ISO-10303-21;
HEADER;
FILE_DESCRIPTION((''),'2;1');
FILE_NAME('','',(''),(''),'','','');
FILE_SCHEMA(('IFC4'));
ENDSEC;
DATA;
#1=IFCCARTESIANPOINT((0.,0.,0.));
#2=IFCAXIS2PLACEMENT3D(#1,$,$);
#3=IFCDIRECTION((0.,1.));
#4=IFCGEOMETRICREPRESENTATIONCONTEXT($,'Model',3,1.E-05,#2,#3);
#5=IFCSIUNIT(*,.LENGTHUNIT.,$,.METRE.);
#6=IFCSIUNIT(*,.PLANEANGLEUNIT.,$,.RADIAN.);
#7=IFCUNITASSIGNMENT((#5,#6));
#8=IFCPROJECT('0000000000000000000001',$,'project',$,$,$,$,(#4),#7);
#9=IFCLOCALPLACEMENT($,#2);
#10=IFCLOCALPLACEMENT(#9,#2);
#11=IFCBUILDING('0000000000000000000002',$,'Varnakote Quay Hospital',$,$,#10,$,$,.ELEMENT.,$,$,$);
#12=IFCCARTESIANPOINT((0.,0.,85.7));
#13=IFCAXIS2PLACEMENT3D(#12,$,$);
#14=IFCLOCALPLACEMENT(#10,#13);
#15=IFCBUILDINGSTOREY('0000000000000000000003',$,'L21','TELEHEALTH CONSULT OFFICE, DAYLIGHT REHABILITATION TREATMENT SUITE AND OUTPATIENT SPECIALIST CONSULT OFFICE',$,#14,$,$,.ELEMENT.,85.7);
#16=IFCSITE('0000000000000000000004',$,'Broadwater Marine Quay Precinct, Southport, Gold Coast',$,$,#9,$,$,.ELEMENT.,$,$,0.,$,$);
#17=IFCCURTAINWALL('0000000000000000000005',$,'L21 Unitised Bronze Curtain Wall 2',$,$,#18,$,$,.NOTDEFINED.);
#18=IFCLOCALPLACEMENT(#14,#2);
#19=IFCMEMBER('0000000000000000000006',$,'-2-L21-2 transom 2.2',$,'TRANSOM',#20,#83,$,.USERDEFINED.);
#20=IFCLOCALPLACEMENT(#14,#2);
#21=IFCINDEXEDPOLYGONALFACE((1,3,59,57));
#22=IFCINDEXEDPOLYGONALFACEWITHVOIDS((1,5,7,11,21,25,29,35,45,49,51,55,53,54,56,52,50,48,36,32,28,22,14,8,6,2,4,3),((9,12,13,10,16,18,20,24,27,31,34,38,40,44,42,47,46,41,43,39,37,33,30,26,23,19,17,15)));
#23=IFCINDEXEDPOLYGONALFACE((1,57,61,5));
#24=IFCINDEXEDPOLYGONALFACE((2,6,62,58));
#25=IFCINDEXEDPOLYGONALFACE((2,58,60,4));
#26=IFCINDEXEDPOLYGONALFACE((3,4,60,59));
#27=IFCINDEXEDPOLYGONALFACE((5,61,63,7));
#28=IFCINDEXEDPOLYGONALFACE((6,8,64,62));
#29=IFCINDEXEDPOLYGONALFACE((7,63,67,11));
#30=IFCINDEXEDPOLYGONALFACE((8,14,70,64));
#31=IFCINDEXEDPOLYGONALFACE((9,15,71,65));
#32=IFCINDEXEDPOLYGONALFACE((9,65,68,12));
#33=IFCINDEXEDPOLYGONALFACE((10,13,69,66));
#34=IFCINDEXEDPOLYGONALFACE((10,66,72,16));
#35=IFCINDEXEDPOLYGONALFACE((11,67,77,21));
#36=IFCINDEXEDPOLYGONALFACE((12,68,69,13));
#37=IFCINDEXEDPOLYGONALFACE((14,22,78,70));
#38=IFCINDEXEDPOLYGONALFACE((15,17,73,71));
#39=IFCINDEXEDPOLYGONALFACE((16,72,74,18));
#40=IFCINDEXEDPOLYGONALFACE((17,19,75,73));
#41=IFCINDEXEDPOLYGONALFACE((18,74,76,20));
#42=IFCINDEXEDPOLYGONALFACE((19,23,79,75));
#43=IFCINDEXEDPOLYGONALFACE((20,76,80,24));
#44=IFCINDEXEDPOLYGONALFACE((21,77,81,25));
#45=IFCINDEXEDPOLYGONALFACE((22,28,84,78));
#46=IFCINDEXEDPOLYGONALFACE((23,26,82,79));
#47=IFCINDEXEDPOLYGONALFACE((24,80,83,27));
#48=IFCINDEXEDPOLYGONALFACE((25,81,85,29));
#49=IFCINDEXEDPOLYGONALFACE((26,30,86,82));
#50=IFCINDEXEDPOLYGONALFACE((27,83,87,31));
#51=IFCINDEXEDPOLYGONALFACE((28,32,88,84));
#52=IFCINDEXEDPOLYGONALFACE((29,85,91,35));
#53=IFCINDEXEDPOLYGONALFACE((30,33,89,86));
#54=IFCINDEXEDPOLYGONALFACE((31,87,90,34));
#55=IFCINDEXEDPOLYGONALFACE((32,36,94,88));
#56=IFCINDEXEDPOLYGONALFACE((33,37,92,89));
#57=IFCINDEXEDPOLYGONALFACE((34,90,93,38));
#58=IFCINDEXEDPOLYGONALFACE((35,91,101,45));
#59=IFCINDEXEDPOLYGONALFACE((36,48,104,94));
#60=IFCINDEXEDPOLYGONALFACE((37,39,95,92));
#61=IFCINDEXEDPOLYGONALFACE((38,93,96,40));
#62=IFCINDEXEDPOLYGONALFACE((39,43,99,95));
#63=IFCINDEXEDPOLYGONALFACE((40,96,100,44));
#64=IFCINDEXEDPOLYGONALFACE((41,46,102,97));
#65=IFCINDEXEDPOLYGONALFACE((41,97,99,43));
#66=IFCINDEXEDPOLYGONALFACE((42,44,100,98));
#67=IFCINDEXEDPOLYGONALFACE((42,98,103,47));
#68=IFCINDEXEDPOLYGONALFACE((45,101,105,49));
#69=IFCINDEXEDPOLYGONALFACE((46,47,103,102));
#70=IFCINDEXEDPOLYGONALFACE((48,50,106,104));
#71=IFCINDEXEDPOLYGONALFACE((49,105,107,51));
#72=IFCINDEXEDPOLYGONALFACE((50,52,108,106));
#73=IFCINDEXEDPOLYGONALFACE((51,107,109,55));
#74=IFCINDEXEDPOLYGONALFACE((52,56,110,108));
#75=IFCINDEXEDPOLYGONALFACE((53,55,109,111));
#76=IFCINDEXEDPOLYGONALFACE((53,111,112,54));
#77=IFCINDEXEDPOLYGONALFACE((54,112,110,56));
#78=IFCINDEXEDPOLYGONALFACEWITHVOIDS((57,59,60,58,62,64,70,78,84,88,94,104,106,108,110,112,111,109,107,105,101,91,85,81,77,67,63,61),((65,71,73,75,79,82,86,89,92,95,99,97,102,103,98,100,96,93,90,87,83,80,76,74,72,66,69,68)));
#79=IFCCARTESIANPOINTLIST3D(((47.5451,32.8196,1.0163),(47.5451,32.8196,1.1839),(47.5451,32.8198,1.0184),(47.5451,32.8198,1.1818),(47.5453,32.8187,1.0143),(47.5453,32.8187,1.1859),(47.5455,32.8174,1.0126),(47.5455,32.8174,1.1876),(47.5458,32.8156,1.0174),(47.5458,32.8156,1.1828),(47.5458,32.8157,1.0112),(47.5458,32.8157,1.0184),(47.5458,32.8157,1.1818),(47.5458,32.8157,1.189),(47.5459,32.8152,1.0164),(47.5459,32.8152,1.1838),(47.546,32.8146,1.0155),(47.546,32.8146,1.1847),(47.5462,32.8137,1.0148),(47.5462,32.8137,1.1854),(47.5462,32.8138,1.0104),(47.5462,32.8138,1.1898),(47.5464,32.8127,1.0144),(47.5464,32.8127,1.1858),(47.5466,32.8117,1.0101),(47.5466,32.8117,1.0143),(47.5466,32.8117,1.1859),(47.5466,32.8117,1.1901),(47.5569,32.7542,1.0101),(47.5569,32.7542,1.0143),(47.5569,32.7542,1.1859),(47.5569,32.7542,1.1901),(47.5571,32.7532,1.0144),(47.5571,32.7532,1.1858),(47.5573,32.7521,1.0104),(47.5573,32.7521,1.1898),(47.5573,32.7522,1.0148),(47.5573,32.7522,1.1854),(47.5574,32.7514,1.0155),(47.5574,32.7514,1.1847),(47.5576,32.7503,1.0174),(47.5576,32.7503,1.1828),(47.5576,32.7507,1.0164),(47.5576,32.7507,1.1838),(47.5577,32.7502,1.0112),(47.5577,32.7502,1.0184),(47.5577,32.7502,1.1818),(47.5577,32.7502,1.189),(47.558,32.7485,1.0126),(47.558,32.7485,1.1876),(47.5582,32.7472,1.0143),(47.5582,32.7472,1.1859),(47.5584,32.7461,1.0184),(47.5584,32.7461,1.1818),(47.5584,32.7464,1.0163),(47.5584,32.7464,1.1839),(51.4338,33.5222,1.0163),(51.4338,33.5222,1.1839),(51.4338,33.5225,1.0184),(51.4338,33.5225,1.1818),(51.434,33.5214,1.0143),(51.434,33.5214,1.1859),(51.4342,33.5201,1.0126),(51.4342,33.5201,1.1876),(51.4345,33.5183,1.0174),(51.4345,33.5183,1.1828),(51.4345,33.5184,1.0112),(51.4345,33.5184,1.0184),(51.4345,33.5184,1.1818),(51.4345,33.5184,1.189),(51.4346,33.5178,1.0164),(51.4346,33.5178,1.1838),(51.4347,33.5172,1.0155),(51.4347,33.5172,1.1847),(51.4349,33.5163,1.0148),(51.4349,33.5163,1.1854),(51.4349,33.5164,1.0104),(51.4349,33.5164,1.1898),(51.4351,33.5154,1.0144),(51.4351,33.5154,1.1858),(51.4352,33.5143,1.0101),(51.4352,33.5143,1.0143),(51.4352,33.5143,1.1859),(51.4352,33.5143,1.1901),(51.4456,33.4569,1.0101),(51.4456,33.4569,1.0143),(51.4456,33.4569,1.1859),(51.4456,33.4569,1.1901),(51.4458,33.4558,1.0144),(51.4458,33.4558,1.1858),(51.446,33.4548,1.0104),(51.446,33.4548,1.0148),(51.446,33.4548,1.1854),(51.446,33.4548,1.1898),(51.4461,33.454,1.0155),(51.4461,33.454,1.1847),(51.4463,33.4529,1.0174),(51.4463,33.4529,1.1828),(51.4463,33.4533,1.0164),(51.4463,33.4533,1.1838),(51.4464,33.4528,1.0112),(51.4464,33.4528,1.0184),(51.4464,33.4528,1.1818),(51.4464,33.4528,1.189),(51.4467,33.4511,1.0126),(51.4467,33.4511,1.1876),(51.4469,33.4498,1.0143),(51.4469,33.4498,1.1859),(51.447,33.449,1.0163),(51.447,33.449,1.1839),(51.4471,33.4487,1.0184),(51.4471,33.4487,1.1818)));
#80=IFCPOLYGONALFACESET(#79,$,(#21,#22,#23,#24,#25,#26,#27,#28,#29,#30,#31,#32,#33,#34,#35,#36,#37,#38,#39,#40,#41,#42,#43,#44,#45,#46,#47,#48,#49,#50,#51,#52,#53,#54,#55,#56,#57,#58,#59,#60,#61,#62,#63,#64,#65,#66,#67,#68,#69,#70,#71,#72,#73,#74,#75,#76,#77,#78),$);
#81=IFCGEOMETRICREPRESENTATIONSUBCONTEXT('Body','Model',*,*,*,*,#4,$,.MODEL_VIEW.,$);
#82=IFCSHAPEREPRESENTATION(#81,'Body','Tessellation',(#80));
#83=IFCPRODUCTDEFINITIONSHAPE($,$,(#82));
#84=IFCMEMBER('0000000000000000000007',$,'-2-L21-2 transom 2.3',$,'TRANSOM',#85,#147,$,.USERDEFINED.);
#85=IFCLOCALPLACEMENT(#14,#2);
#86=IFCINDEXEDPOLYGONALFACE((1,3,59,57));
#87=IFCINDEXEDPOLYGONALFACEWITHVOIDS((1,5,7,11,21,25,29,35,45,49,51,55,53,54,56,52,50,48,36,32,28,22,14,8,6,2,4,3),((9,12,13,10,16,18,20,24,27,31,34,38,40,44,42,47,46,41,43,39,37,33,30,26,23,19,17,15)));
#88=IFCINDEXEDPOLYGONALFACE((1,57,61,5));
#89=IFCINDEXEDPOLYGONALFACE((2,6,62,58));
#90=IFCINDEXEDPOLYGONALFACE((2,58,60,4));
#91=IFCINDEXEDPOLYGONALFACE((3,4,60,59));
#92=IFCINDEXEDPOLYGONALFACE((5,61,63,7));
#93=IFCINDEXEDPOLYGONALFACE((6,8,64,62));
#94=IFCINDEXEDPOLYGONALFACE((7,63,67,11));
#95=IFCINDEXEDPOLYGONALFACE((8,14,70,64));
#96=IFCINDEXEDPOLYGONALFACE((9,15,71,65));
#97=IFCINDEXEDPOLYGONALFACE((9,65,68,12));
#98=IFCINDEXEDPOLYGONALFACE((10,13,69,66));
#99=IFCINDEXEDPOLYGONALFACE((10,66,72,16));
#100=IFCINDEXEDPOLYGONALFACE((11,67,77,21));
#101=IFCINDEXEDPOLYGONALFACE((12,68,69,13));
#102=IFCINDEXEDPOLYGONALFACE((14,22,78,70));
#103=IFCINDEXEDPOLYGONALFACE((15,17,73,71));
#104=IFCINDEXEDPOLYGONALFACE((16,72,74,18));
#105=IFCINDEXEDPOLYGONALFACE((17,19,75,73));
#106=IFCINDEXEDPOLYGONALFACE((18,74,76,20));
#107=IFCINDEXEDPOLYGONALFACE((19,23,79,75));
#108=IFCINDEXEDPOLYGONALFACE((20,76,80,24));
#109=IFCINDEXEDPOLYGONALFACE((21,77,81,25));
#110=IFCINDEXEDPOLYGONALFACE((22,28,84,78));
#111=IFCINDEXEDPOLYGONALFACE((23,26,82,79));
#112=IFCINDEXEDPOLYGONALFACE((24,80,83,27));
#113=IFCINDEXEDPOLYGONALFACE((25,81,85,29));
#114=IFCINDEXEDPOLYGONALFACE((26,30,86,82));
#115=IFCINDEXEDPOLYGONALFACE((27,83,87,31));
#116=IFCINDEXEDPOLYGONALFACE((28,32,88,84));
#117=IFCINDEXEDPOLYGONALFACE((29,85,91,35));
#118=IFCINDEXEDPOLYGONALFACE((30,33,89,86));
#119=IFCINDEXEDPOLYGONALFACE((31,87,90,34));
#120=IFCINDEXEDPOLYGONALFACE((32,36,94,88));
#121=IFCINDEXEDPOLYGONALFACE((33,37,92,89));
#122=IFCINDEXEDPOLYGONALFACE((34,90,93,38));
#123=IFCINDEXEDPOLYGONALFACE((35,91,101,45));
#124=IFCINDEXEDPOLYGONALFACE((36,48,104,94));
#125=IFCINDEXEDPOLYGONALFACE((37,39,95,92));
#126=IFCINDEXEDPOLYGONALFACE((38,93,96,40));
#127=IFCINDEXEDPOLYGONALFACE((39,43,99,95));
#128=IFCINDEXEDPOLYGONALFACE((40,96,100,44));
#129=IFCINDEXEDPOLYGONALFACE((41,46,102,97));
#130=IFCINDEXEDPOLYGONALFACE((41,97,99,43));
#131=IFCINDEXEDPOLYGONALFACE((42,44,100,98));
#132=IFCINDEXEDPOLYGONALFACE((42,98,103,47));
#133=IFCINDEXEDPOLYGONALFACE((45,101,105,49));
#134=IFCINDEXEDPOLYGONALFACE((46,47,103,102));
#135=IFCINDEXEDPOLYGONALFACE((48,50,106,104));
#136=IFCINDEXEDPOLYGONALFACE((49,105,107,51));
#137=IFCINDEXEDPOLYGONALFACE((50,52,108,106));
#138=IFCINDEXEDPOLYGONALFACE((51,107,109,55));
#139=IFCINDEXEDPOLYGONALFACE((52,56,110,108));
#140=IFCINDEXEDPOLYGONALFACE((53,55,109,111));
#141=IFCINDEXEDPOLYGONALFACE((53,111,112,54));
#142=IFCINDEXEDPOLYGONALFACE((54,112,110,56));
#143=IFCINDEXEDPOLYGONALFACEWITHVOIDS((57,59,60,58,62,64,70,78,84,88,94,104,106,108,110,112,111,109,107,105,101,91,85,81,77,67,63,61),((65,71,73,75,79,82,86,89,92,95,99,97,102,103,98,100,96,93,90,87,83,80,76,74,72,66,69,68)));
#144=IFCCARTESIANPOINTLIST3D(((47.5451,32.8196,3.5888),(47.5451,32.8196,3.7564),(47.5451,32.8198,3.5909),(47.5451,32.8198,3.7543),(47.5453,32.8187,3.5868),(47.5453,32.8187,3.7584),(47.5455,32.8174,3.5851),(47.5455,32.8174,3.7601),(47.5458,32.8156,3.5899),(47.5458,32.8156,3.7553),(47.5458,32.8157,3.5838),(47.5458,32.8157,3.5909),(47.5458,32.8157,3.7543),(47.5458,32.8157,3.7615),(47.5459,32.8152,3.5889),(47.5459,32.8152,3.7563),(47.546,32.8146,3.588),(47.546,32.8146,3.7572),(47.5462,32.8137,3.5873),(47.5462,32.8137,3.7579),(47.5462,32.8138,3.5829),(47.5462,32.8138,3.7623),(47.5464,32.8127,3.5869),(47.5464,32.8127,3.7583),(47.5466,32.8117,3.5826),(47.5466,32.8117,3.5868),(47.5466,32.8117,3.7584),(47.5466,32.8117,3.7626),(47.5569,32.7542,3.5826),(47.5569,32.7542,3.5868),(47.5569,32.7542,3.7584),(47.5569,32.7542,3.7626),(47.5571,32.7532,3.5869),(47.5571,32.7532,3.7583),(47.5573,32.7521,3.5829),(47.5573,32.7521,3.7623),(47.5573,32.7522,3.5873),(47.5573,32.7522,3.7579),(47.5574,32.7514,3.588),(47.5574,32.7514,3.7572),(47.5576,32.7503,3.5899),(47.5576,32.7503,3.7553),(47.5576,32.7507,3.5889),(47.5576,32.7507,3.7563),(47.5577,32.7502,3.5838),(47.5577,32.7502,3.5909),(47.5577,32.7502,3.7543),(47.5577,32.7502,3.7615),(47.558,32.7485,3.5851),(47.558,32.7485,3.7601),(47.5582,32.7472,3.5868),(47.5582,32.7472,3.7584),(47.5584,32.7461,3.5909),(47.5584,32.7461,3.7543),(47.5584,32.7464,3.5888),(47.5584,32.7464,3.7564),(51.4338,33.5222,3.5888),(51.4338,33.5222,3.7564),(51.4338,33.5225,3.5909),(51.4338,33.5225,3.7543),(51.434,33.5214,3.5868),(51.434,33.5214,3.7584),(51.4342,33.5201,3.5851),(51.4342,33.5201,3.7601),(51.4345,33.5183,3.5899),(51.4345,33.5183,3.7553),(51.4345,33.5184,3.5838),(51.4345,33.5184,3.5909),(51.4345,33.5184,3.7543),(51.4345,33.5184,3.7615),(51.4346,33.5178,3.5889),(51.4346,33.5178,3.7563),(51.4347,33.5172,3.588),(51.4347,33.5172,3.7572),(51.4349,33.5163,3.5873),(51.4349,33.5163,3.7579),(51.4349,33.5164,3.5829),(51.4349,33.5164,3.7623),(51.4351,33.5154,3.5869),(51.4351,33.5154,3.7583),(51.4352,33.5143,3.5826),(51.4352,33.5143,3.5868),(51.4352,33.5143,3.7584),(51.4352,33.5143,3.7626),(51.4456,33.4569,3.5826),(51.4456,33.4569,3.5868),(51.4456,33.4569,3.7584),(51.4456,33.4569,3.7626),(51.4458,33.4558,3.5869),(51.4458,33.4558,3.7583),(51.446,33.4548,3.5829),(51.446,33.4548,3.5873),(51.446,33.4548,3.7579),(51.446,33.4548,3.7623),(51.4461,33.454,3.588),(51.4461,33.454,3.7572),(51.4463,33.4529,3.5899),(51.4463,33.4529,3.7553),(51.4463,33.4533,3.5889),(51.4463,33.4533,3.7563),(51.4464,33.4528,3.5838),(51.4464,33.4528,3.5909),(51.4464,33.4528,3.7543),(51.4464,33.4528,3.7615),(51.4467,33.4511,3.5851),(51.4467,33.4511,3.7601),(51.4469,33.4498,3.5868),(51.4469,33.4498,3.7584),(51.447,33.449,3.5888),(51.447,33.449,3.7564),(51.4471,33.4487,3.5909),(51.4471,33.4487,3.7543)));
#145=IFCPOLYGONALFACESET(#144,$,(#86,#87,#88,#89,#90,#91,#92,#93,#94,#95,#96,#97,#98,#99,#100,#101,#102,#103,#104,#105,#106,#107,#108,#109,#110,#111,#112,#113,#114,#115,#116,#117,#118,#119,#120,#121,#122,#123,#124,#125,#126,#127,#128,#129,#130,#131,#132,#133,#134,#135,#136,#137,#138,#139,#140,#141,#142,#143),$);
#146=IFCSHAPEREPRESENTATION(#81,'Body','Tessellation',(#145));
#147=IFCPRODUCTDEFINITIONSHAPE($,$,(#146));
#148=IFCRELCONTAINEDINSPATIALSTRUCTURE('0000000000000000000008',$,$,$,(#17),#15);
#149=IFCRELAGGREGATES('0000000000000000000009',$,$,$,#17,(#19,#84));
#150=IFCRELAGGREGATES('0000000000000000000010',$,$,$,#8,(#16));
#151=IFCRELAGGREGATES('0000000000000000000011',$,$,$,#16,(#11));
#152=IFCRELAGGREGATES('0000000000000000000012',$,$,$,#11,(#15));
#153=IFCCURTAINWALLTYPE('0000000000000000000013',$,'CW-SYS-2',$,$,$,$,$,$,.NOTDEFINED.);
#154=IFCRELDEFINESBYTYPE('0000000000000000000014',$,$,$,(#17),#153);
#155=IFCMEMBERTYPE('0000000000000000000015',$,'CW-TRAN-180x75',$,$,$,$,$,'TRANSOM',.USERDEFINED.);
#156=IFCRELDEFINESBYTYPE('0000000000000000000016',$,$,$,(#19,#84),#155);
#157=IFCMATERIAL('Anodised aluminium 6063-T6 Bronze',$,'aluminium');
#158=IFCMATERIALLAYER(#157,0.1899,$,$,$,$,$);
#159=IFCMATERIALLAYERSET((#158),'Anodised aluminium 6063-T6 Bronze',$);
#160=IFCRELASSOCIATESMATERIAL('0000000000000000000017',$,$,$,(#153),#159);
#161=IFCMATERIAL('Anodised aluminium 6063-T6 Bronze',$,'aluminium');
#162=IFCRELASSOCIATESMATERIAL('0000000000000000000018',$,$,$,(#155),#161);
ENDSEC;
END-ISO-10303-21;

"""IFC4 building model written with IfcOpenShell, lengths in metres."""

from ifc_helpers import new_model, si_unit, direction, frame, origin, origin_2d, place, context, subcontext, project, spatial, hollow_rectangle, extrude, material, layer, layer_set, material_profile, profile_set, type_object, element, aggregate, save


model = new_model("IFC4")

# Units and contexts
model_context = context("Model", 3, precision=1e-05, world=origin(), true_north=direction((0.0, 1.0)))
body_context = subcontext(model_context, "Body", "Model", "MODEL_VIEW")
ifc_project = project(units=[si_unit("LENGTHUNIT", "METRE"), si_unit("PLANEANGLEUNIT", "RADIAN")], contexts=[model_context])

# Site, building, storey
site_placement = place(None, origin())
site = spatial("IfcSite", under=ifc_project, at=site_placement, Name="Broadwater Marine Quay Precinct, Southport, Gold Coast", CompositionType="ELEMENT", RefElevation=0.0)
building_placement = place(site_placement, origin())
building = spatial("IfcBuilding", under=site, at=building_placement, Name="Varnakote Quay Hospital", CompositionType="ELEMENT")
storey_placement = place(building_placement, frame((0.0, 0.0, 85.7)))
storey = spatial("IfcBuildingStorey", under=building, at=storey_placement, Name="L21", Description="TELEHEALTH CONSULT OFFICE, DAYLIGHT REHABILITATION TREATMENT SUITE AND OUTPATIENT SPECIALIST CONSULT OFFICE", CompositionType="ELEMENT", Elevation=85.7)

# Curtain wall, members
ifc_material_1 = material(Name="Anodised aluminium 6063-T6 Bronze", Category="aluminium")
ifc_layer_1 = layer(ifc_material_1, 0.1899)
ifc_layer_set_1 = layer_set([ifc_layer_1], Name="Anodised aluminium 6063-T6 Bronze")
curtain_wall_type = type_object("IfcCurtainWallType", Name="CW-SYS-2", PredefinedType="NOTDEFINED", material=ifc_layer_set_1)
curtain_wall_placement = place(storey_placement, origin())
curtain_wall = element("IfcCurtainWall", 1, at=curtain_wall_placement, inside=storey, type_object=curtain_wall_type, Name="L21 Unitised Bronze Curtain Wall 2", PredefinedType="NOTDEFINED")
ifc_material_2 = material(Name="Anodised aluminium 6063-T6 Bronze", Category="aluminium")
ifc_material_profile_1 = material_profile(ifc_material_2, hollow_rectangle(XDim=0.075, YDim=0.1799, WallThickness=0.0042, InnerFilletRadius=0.0042, OuterFilletRadius=0.0083, at=origin_2d()), Name="CW-TRAN-180x75")
ifc_profile_set_1 = profile_set([ifc_material_profile_1], Name="Anodised aluminium 6063-T6 Bronze")
member_type_1 = type_object("IfcMemberType", Name="CW-TRAN-180x75", ElementType="TRANSOM", PredefinedType="USERDEFINED", material=ifc_profile_set_1)
member_1_placement = place(storey_placement, frame((51.4404, 33.4856, 1.1001), z_axis=(-0.984065, -0.177809, 0.0), x_axis=(0.177809, -0.984065, 0.0)))
member_1 = element("IfcMember", 2, at=member_1_placement, type_object=member_type_1, Name="-2-L21-2 transom 2.2", ObjectType="TRANSOM", PredefinedType="USERDEFINED", context=body_context, shape_type="SweptSolid", body=[
    extrude(hollow_rectangle(XDim=0.075, YDim=0.1799, WallThickness=0.0042, InnerFilletRadius=0.0042, OuterFilletRadius=0.0083, at=origin_2d()), origin(), (0.0, 0.0, 1.0), 3.9517),
])
member_2_placement = place(storey_placement, frame((51.4404, 33.4856, 3.6726), z_axis=(-0.984065, -0.177809, 0.0), x_axis=(0.177809, -0.984065, 0.0)))
member_2 = element("IfcMember", 3, at=member_2_placement, type_object=member_type_1, Name="-2-L21-2 transom 2.3", ObjectType="TRANSOM", PredefinedType="USERDEFINED", context=body_context, shape_type="SweptSolid", body=[
    extrude(hollow_rectangle(XDim=0.075, YDim=0.1799, WallThickness=0.0042, InnerFilletRadius=0.0042, OuterFilletRadius=0.0083, at=origin_2d()), origin(), (0.0, 0.0, 1.0), 3.9517),
])
aggregate(curtain_wall, [member_1, member_2])

save(model, "model.ifc")
